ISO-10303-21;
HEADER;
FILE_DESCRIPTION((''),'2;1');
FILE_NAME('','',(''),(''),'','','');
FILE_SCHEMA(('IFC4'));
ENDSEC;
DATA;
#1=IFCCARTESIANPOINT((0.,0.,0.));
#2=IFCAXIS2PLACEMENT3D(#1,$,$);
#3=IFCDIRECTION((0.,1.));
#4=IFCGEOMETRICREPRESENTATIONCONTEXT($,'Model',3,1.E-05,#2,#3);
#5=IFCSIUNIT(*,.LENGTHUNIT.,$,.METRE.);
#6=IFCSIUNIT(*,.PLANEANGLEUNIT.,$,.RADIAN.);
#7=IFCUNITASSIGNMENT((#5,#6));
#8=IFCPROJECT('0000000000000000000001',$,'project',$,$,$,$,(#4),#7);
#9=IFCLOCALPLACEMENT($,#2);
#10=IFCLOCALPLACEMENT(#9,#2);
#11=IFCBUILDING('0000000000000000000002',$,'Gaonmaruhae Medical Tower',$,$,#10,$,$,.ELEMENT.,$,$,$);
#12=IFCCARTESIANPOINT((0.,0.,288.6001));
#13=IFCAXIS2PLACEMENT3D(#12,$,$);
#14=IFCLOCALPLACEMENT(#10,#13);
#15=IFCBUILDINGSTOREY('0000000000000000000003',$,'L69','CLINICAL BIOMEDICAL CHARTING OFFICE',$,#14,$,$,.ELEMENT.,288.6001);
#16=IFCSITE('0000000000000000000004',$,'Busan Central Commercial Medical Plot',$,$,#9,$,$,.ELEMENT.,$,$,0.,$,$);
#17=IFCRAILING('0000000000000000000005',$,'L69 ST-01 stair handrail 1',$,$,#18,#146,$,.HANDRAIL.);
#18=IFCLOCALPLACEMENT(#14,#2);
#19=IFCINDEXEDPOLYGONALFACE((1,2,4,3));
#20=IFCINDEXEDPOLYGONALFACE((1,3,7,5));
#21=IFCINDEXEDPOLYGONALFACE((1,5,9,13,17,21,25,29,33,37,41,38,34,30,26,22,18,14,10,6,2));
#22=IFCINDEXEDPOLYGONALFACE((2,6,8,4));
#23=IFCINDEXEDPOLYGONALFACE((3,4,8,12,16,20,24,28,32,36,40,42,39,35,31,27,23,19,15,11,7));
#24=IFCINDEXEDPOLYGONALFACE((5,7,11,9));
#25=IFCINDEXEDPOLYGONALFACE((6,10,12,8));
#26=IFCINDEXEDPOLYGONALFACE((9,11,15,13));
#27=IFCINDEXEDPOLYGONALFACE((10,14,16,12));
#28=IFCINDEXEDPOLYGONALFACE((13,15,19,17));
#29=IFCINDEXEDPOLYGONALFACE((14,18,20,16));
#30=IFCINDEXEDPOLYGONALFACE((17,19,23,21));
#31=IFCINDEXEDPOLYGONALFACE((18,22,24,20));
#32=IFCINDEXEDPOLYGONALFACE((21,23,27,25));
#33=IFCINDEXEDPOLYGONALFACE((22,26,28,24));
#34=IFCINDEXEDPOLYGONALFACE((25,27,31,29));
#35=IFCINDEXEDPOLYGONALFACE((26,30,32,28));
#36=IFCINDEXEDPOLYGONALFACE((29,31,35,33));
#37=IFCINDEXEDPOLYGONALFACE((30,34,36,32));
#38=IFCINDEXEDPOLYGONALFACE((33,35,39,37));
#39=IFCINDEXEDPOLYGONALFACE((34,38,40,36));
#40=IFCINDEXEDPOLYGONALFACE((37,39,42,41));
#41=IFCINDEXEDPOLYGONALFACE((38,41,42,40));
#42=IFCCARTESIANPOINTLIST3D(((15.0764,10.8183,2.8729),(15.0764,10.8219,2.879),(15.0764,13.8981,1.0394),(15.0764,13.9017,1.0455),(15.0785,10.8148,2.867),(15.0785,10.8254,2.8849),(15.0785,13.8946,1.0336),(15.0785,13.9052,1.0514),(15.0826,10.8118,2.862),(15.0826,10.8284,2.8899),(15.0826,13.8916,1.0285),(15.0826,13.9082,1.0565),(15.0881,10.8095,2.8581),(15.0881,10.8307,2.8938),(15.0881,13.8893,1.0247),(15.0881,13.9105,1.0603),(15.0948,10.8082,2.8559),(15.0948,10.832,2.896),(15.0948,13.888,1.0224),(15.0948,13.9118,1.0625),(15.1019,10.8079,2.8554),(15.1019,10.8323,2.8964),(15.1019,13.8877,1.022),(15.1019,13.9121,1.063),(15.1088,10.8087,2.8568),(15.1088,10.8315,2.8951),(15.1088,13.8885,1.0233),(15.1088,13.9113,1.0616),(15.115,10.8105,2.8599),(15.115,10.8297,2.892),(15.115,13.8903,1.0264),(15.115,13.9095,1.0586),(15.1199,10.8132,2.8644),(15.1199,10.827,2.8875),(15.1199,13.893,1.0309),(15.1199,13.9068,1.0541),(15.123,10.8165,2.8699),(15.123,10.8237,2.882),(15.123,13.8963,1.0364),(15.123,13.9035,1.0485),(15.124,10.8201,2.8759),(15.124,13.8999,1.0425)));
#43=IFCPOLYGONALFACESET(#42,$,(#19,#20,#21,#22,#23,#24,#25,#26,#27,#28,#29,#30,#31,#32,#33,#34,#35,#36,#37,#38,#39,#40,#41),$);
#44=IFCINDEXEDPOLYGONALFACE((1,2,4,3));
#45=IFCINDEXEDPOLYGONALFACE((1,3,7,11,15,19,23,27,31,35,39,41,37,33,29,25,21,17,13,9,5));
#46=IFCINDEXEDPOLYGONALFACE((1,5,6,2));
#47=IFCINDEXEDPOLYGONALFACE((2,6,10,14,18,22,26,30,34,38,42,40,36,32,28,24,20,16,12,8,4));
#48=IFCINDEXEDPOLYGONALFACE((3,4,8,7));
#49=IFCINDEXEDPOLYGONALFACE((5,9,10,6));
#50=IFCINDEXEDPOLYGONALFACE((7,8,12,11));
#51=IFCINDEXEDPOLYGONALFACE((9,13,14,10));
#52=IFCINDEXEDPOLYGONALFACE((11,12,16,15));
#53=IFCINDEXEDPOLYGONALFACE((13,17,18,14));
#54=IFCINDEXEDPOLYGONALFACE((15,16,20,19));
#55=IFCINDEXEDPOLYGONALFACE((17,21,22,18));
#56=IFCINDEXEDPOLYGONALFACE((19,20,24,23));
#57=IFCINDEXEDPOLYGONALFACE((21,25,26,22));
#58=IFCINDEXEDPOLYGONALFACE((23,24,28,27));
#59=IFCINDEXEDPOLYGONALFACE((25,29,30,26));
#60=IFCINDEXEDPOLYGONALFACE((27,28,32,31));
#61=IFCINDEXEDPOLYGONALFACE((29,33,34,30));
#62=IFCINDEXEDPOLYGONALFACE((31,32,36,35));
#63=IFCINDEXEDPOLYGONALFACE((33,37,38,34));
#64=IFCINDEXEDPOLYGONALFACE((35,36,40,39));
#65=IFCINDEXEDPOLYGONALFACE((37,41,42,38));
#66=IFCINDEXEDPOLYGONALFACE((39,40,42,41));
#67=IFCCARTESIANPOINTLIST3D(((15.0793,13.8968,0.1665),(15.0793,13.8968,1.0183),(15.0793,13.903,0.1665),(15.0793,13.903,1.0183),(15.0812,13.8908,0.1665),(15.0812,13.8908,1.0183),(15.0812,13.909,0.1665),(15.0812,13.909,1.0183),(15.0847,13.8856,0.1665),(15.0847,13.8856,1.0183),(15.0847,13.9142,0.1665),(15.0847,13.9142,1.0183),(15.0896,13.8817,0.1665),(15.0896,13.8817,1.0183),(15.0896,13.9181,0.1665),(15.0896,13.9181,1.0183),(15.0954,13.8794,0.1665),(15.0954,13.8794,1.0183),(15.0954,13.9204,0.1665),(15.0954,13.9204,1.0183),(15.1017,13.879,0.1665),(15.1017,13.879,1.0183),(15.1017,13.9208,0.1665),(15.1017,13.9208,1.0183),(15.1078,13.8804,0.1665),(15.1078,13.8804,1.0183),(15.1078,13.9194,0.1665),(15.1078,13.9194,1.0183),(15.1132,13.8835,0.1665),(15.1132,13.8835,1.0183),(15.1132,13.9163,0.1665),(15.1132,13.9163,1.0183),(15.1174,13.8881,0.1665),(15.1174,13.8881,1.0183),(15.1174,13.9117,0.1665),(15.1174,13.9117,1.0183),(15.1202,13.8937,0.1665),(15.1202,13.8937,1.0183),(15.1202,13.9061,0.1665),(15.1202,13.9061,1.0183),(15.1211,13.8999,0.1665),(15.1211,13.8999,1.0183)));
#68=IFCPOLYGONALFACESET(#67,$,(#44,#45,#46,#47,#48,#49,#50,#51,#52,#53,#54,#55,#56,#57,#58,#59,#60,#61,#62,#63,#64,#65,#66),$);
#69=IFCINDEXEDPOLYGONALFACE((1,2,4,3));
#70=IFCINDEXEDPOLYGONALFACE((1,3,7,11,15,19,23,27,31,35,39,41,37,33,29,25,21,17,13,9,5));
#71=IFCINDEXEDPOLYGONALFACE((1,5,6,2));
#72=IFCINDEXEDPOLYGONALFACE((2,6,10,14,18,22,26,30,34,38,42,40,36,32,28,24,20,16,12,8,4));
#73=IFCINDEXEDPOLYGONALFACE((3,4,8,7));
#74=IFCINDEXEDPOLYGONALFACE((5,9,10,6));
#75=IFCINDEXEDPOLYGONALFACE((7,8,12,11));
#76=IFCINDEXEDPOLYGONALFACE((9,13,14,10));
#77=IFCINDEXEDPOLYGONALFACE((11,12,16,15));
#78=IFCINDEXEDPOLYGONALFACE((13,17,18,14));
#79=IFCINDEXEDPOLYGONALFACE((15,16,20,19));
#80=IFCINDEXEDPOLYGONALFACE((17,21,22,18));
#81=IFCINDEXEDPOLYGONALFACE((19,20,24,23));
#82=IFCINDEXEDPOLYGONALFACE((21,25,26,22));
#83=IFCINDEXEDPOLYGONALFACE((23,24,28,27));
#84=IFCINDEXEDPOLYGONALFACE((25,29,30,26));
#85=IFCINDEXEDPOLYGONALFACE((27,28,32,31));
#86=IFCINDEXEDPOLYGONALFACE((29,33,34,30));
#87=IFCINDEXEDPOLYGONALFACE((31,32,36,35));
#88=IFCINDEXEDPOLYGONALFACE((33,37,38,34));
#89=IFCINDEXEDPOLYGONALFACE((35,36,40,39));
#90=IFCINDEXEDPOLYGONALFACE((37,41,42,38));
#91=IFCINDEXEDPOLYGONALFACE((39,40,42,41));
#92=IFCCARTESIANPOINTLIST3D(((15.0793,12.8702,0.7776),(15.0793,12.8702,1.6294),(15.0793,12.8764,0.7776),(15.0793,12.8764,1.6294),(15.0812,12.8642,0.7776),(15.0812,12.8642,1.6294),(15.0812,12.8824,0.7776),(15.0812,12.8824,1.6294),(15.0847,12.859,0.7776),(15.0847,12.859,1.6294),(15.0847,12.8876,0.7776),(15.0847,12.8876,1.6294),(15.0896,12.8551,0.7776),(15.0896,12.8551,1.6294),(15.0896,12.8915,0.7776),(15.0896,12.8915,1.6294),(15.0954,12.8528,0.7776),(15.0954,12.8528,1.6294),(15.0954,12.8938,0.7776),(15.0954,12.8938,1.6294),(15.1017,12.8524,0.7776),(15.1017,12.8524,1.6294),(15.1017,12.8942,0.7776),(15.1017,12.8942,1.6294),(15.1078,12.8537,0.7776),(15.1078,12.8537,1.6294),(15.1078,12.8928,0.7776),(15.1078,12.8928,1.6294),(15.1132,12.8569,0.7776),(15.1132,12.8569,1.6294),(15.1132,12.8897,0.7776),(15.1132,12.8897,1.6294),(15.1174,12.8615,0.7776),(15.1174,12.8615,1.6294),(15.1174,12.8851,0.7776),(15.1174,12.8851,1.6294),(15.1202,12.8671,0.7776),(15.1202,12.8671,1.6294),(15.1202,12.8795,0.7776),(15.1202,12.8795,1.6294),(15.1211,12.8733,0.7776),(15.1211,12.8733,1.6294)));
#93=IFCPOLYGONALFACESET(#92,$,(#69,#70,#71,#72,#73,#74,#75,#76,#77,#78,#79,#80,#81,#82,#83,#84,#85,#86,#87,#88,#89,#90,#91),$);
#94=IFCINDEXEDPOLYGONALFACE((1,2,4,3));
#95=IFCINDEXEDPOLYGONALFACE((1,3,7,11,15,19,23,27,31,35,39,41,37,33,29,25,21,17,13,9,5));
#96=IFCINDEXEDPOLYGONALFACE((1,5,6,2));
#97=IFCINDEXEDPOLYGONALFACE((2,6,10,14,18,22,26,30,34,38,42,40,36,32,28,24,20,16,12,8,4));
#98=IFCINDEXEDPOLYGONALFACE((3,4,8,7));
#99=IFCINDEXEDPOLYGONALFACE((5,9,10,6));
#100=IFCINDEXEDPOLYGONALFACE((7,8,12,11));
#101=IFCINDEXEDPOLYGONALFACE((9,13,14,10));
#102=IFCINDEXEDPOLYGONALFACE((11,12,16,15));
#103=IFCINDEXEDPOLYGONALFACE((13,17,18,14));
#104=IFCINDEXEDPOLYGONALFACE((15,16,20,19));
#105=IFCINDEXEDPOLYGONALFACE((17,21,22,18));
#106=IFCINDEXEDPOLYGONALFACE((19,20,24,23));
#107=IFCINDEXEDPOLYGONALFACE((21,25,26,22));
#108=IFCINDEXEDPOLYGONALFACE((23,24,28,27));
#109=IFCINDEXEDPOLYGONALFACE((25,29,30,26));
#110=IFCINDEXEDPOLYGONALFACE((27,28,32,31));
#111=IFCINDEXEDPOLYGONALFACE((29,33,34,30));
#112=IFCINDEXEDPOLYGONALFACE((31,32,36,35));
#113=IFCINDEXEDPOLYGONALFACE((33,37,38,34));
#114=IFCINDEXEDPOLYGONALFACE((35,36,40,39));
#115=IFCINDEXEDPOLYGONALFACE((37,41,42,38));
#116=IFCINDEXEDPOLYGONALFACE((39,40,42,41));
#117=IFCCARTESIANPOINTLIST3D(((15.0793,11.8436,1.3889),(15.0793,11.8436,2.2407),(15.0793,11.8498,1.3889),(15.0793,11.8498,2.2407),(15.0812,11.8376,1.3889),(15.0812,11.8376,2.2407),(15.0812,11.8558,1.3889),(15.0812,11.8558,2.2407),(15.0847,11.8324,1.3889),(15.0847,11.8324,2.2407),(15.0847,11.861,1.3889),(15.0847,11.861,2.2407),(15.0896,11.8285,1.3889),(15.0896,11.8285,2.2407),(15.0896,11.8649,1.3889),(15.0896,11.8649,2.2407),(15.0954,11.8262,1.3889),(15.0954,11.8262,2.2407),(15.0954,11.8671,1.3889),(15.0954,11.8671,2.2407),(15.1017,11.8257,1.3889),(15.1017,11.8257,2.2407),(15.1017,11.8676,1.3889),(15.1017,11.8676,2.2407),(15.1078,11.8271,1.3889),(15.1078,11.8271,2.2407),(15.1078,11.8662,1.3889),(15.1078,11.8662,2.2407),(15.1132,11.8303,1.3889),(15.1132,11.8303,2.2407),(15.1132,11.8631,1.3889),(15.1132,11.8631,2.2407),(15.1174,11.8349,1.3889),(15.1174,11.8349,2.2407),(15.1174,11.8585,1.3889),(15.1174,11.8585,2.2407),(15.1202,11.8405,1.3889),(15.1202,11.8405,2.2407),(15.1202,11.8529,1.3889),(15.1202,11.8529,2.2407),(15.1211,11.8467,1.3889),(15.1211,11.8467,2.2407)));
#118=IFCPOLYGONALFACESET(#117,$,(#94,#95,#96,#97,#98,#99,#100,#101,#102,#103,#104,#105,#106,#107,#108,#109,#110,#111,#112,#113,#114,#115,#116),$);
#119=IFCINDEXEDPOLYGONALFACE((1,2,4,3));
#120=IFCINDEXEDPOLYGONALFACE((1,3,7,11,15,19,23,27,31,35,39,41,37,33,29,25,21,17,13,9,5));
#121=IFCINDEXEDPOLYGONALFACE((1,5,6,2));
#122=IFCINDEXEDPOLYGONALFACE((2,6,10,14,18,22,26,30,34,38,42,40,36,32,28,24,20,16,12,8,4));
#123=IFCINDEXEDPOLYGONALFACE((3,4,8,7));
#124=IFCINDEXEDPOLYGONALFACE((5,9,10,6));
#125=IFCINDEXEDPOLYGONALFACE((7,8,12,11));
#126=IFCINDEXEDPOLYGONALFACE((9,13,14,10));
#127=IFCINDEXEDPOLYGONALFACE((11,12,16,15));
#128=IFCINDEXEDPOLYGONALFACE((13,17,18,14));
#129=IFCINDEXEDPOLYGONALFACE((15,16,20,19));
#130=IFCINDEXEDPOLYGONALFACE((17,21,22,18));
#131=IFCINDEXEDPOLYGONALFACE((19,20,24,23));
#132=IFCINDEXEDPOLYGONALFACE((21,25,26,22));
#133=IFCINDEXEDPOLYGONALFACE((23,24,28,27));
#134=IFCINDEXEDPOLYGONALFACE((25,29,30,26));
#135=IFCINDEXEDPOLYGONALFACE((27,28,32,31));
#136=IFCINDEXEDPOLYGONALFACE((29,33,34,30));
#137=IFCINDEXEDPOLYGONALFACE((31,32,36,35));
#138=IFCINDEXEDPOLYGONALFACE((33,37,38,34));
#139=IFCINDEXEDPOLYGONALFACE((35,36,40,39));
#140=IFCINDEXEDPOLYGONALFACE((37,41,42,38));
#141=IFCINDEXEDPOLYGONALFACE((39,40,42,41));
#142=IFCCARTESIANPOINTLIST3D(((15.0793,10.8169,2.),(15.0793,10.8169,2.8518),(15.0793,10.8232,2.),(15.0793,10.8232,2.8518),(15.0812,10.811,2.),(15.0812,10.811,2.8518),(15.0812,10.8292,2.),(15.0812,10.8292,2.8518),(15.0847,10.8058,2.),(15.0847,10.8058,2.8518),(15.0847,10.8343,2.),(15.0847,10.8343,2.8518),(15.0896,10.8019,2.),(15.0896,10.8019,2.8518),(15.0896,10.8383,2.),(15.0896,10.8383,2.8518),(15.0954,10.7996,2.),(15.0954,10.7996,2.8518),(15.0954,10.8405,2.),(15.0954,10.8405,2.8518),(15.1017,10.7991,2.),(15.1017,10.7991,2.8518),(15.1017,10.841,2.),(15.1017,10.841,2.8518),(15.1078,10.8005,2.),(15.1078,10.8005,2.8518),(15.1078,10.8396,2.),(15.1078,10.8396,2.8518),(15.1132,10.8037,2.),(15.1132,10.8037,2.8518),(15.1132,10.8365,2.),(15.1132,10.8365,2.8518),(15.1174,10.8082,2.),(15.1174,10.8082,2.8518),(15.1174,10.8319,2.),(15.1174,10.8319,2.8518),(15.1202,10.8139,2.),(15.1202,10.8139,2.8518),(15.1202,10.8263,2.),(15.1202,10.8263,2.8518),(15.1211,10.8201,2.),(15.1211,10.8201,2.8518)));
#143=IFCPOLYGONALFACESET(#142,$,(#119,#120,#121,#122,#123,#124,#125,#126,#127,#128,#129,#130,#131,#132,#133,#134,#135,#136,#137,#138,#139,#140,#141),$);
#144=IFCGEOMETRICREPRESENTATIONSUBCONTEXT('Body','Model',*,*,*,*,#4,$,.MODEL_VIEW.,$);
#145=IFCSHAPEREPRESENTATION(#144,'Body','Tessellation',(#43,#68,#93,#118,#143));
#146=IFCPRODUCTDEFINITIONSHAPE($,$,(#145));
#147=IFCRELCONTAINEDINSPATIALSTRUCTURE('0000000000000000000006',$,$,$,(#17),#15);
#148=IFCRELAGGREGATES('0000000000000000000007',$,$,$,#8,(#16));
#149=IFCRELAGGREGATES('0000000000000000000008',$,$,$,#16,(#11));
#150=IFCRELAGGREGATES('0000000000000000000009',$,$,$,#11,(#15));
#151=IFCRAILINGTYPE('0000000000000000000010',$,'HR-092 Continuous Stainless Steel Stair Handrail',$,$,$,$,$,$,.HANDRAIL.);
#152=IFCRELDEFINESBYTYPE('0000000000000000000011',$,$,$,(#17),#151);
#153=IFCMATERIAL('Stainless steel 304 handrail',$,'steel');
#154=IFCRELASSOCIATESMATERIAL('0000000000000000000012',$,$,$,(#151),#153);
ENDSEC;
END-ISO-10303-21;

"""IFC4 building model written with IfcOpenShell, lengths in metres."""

from ifc_helpers import new_model, si_unit, direction, frame, origin, origin_2d, place, context, subcontext, project, spatial, circle, extrude, material, type_object, element, save


model = new_model("IFC4")

# Units and contexts
model_context = context("Model", 3, precision=1e-05, world=origin(), true_north=direction((0.0, 1.0)))
body_context = subcontext(model_context, "Body", "Model", "MODEL_VIEW")
ifc_project = project(units=[si_unit("LENGTHUNIT", "METRE"), si_unit("PLANEANGLEUNIT", "RADIAN")], contexts=[model_context])

# Site, building, storey
site_placement = place(None, origin())
site = spatial("IfcSite", under=ifc_project, at=site_placement, Name="Busan Central Commercial Medical Plot", CompositionType="ELEMENT", RefElevation=0.0)
building_placement = place(site_placement, origin())
building = spatial("IfcBuilding", under=site, at=building_placement, Name="Gaonmaruhae Medical Tower", CompositionType="ELEMENT")
storey_placement = place(building_placement, frame((0.0, 0.0, 288.6001)))
storey = spatial("IfcBuildingStorey", under=building, at=storey_placement, Name="L69", Description="CLINICAL BIOMEDICAL CHARTING OFFICE", CompositionType="ELEMENT", Elevation=288.6001)

# Railing
ifc_material_1 = material(Name="Stainless steel 304 handrail", Category="steel")
railing_type_1 = type_object("IfcRailingType", Name="HR-092 Continuous Stainless Steel Stair Handrail", PredefinedType="HANDRAIL", material=ifc_material_1)
railing_1_placement = place(storey_placement, frame((15.1001, 13.8999, 0.1665)))
element("IfcRailing", 1, at=railing_1_placement, inside=storey, type_object=railing_type_1, Name="L69 ST-01 stair handrail 1", PredefinedType="HANDRAIL", context=body_context, shape_type="SweptSolid", body=[
    extrude(circle(Radius=0.0239, at=origin_2d()), frame((0.0, 0.0, 0.876), z_axis=(0.0, -0.859261, 0.511538), x_axis=(1.0, 0.0, 0.0)), (0.0, 0.0, 1.0), 3.5842),
    extrude(circle(Radius=0.021, at=origin_2d()), origin(), (0.0, 0.0, 1.0), 0.8518),
    extrude(circle(Radius=0.021, at=origin_2d()), frame((0.0, -1.0266, 0.6111)), (0.0, 0.0, 1.0), 0.8518),
    extrude(circle(Radius=0.021, at=origin_2d()), frame((0.0, -2.0532, 1.2224)), (0.0, 0.0, 1.0), 0.8518),
    extrude(circle(Radius=0.021, at=origin_2d()), frame((0.0, -3.0798, 1.8335)), (0.0, 0.0, 1.0), 0.8518),
])

save(model, "model.ifc")
